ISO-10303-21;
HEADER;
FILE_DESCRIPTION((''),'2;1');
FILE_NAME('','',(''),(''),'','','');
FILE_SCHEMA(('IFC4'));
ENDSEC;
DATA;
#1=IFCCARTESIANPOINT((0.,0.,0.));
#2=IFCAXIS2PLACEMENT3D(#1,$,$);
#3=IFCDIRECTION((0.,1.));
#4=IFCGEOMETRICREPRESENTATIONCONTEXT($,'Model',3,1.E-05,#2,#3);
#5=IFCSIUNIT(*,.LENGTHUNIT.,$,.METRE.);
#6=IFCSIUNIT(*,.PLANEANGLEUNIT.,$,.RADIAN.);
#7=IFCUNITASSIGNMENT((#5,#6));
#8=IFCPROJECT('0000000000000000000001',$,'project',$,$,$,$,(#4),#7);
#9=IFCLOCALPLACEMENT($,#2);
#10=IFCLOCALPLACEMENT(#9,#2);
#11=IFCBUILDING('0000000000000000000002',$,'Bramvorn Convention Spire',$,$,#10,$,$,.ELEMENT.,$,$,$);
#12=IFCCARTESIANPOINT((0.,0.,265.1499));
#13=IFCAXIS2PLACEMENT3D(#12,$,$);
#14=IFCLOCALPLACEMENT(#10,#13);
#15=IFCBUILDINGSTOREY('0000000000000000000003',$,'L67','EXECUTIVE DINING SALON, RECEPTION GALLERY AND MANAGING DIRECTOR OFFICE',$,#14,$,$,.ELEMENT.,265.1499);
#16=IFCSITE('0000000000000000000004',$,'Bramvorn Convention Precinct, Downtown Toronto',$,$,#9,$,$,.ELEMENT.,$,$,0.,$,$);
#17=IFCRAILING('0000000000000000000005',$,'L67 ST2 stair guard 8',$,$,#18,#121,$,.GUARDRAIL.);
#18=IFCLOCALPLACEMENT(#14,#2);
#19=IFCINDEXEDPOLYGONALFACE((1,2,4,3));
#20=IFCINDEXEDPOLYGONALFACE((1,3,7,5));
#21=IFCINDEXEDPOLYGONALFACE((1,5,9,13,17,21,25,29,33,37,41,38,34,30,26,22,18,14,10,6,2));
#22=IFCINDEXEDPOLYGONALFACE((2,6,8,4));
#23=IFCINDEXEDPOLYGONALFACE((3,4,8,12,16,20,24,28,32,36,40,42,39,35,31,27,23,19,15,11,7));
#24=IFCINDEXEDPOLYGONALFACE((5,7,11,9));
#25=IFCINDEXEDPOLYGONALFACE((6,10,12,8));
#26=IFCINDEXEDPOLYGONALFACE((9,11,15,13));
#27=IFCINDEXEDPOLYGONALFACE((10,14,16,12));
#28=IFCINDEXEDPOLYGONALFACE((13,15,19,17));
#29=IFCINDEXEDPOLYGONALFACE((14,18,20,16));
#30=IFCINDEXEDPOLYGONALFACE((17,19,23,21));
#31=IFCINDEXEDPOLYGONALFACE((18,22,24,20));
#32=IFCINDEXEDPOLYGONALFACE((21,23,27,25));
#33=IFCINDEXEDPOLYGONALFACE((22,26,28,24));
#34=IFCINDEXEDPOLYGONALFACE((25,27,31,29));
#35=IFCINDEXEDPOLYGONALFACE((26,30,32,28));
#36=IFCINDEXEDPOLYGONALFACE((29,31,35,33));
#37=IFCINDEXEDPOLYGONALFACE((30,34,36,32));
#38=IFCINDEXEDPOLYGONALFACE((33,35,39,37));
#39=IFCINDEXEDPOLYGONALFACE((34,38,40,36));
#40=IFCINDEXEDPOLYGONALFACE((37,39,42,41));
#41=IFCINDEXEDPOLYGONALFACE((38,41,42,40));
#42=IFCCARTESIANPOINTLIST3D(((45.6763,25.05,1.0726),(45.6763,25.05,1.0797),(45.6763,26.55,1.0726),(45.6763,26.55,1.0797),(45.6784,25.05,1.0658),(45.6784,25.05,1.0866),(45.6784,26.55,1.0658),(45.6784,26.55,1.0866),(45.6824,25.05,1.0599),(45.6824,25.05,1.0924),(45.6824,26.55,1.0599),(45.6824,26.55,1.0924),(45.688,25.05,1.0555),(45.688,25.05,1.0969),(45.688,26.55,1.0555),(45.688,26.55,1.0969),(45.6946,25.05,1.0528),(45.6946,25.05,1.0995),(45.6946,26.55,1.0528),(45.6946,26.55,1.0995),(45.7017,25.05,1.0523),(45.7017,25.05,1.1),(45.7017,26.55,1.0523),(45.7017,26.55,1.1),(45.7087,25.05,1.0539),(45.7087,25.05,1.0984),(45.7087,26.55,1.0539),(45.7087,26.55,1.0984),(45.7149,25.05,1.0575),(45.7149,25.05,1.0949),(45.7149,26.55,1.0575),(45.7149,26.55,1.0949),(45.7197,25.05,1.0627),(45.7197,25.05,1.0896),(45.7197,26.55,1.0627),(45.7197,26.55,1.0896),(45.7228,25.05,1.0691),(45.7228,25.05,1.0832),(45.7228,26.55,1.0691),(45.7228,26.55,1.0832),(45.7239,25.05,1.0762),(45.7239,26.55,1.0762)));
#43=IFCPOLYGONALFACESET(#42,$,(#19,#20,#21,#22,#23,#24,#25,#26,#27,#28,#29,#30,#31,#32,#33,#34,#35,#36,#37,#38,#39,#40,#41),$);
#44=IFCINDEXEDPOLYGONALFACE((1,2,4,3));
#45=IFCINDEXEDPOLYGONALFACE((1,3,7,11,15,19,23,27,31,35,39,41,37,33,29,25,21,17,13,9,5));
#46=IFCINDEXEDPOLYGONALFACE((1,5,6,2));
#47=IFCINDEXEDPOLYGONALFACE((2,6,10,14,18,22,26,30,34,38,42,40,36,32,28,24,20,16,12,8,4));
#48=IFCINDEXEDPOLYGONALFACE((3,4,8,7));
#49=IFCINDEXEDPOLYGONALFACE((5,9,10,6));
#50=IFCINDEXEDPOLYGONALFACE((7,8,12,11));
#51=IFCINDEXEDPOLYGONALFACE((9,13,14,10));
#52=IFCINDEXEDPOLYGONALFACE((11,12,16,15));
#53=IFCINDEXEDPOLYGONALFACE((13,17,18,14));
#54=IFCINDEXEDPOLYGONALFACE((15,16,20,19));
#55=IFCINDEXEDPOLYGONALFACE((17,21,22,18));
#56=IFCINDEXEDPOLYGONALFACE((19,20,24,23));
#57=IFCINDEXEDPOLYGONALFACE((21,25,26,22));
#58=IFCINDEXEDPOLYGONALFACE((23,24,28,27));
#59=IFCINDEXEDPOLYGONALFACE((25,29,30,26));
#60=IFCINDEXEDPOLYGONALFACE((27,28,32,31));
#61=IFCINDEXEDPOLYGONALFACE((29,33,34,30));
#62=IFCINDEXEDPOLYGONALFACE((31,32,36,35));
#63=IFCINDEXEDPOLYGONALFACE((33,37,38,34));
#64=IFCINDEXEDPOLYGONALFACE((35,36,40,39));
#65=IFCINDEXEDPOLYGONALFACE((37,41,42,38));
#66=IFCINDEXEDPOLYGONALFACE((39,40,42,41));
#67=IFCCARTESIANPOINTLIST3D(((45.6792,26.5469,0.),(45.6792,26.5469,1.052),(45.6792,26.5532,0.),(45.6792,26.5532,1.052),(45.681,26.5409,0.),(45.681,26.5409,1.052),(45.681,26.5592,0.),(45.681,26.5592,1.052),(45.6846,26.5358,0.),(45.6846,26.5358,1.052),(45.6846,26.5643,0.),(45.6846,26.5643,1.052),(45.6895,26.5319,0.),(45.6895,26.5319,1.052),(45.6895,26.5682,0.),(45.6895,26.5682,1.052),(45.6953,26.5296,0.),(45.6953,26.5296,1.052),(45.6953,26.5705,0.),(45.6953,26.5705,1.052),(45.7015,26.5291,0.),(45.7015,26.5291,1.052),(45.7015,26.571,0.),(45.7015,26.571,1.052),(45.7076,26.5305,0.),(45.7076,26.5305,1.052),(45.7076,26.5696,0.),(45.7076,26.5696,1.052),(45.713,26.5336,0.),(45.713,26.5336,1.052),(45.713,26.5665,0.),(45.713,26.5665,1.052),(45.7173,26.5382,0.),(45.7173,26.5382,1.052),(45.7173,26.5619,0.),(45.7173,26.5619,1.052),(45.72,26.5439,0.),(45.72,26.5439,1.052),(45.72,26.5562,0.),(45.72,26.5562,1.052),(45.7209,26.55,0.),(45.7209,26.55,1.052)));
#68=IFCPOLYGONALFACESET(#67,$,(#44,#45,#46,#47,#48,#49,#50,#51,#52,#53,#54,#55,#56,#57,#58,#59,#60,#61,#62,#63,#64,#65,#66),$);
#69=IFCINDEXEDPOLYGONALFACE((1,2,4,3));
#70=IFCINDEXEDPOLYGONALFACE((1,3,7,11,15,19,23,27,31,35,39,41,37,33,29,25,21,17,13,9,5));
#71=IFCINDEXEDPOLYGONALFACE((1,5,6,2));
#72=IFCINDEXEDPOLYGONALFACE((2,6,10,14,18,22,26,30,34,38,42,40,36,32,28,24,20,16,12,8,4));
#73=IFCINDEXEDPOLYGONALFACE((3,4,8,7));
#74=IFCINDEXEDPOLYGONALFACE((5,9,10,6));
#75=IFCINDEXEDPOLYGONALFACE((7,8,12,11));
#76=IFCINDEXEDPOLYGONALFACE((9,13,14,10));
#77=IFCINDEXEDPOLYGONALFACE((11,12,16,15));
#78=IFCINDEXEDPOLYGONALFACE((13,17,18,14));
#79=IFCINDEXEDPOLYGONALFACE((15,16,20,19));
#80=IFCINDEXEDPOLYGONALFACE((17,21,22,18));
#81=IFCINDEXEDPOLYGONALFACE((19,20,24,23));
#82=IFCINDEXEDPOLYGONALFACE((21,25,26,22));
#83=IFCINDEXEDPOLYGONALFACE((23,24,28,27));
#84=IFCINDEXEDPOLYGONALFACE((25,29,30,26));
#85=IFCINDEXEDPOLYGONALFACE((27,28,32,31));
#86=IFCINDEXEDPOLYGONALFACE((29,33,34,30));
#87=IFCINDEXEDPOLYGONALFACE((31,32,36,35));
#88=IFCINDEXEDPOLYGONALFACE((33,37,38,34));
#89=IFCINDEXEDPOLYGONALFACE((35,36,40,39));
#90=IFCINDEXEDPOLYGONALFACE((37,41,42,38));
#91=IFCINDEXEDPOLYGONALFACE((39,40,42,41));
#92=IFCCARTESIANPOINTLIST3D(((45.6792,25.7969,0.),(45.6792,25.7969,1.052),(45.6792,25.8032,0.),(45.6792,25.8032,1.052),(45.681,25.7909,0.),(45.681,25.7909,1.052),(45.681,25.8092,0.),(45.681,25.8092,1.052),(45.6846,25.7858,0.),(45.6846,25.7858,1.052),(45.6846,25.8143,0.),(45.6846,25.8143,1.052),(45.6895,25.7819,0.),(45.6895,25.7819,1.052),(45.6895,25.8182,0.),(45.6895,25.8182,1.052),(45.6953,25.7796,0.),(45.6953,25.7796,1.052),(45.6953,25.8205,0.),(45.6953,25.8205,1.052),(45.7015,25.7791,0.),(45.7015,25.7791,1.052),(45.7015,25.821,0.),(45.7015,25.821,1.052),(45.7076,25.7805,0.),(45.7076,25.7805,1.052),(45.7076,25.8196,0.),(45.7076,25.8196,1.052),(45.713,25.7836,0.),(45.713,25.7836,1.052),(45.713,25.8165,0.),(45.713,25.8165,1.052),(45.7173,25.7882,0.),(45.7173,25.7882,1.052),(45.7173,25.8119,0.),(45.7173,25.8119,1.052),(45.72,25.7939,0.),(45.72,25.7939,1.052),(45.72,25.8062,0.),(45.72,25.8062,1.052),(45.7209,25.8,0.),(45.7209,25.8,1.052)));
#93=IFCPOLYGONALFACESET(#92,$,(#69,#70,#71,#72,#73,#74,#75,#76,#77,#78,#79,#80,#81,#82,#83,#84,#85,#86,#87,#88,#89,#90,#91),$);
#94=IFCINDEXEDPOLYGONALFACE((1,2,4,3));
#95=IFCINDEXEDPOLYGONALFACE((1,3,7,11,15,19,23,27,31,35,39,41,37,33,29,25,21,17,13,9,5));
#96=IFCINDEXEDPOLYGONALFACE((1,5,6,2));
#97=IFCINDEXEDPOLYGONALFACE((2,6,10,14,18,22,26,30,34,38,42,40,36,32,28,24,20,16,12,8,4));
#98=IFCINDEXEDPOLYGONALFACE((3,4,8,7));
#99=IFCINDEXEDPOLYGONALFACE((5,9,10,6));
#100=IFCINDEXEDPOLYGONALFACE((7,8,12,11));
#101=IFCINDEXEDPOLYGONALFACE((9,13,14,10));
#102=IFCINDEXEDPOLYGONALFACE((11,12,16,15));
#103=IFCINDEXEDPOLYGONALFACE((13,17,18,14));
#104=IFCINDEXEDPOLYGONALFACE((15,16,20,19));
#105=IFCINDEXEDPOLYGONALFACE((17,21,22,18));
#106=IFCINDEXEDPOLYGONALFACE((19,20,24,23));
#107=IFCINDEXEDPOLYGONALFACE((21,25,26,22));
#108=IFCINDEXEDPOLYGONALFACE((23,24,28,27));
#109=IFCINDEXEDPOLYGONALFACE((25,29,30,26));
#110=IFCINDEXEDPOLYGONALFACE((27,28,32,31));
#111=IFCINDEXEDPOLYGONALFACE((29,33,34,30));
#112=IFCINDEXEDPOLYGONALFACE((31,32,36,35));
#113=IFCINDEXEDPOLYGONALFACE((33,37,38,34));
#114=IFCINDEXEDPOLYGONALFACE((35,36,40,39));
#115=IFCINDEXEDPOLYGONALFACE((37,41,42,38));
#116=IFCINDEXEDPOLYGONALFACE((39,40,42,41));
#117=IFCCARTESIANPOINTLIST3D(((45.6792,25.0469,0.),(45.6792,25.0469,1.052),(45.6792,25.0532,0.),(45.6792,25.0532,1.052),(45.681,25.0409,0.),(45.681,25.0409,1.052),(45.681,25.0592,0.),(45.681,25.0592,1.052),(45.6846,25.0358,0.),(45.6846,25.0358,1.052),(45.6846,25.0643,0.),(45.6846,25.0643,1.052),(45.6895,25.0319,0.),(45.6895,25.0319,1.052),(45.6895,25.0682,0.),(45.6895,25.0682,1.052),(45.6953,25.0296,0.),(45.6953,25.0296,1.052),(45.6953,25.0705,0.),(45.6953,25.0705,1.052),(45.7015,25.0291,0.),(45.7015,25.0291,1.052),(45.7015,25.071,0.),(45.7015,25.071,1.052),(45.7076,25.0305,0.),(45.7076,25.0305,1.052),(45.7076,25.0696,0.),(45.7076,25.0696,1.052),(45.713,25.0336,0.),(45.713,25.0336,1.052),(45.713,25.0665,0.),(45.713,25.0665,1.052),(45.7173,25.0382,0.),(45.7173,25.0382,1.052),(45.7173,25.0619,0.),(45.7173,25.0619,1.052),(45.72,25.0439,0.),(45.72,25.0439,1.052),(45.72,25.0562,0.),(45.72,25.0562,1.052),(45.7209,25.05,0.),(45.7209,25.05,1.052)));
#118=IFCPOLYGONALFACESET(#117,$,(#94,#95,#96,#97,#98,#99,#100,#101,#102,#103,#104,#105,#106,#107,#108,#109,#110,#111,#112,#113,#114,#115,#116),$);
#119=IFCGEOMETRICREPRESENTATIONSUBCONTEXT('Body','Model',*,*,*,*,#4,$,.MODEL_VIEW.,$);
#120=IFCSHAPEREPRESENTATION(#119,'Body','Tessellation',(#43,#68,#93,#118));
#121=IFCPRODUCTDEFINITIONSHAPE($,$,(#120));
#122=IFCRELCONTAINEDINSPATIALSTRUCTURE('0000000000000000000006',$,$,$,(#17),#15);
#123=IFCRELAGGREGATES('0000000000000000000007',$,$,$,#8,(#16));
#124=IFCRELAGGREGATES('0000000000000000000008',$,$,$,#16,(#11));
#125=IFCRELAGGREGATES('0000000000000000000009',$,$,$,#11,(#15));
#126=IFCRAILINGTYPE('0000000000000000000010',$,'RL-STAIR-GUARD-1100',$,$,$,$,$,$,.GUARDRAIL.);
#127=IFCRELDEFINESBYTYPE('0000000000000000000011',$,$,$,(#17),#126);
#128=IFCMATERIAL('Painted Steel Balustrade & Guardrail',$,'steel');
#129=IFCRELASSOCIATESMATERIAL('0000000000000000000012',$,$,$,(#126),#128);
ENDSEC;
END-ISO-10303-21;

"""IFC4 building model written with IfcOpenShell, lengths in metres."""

from ifc_helpers import new_model, si_unit, direction, frame, origin, origin_2d, place, context, subcontext, project, spatial, circle, extrude, material, type_object, element, save


model = new_model("IFC4")

# Units and contexts
model_context = context("Model", 3, precision=1e-05, world=origin(), true_north=direction((0.0, 1.0)))
body_context = subcontext(model_context, "Body", "Model", "MODEL_VIEW")
ifc_project = project(units=[si_unit("LENGTHUNIT", "METRE"), si_unit("PLANEANGLEUNIT", "RADIAN")], contexts=[model_context])

# Site, building, storey
site_placement = place(None, origin())
site = spatial("IfcSite", under=ifc_project, at=site_placement, Name="Bramvorn Convention Precinct, Downtown Toronto", CompositionType="ELEMENT", RefElevation=0.0)
building_placement = place(site_placement, origin())
building = spatial("IfcBuilding", under=site, at=building_placement, Name="Bramvorn Convention Spire", CompositionType="ELEMENT")
storey_placement = place(building_placement, frame((0.0, 0.0, 265.1499)))
storey = spatial("IfcBuildingStorey", under=building, at=storey_placement, Name="L67", Description="EXECUTIVE DINING SALON, RECEPTION GALLERY AND MANAGING DIRECTOR OFFICE", CompositionType="ELEMENT", Elevation=265.1499)

# Railing
ifc_material_1 = material(Name="Painted Steel Balustrade & Guardrail", Category="steel")
railing_type_1 = type_object("IfcRailingType", Name="RL-STAIR-GUARD-1100", PredefinedType="GUARDRAIL", material=ifc_material_1)
railing_1_placement = place(storey_placement, frame((45.7, 26.55, 0.0)))
element("IfcRailing", 1, at=railing_1_placement, inside=storey, type_object=railing_type_1, Name="L67 ST2 stair guard 8", PredefinedType="GUARDRAIL", context=body_context, shape_type="SweptSolid", body=[
    extrude(circle(Radius=0.0239, at=origin_2d()), frame((0.0, 0.0, 1.0762), z_axis=(0.0, -1.0, 0.0), x_axis=(1.0, 0.0, 0.0)), (0.0, 0.0, 1.0), 1.5),
    extrude(circle(Radius=0.021, at=origin_2d()), origin(), (0.0, 0.0, 1.0), 1.052),
    extrude(circle(Radius=0.021, at=origin_2d()), frame((0.0, -0.75, 0.0)), (0.0, 0.0, 1.0), 1.052),
    extrude(circle(Radius=0.021, at=origin_2d()), frame((0.0, -1.5, 0.0)), (0.0, 0.0, 1.0), 1.052),
])

save(model, "model.ifc")
